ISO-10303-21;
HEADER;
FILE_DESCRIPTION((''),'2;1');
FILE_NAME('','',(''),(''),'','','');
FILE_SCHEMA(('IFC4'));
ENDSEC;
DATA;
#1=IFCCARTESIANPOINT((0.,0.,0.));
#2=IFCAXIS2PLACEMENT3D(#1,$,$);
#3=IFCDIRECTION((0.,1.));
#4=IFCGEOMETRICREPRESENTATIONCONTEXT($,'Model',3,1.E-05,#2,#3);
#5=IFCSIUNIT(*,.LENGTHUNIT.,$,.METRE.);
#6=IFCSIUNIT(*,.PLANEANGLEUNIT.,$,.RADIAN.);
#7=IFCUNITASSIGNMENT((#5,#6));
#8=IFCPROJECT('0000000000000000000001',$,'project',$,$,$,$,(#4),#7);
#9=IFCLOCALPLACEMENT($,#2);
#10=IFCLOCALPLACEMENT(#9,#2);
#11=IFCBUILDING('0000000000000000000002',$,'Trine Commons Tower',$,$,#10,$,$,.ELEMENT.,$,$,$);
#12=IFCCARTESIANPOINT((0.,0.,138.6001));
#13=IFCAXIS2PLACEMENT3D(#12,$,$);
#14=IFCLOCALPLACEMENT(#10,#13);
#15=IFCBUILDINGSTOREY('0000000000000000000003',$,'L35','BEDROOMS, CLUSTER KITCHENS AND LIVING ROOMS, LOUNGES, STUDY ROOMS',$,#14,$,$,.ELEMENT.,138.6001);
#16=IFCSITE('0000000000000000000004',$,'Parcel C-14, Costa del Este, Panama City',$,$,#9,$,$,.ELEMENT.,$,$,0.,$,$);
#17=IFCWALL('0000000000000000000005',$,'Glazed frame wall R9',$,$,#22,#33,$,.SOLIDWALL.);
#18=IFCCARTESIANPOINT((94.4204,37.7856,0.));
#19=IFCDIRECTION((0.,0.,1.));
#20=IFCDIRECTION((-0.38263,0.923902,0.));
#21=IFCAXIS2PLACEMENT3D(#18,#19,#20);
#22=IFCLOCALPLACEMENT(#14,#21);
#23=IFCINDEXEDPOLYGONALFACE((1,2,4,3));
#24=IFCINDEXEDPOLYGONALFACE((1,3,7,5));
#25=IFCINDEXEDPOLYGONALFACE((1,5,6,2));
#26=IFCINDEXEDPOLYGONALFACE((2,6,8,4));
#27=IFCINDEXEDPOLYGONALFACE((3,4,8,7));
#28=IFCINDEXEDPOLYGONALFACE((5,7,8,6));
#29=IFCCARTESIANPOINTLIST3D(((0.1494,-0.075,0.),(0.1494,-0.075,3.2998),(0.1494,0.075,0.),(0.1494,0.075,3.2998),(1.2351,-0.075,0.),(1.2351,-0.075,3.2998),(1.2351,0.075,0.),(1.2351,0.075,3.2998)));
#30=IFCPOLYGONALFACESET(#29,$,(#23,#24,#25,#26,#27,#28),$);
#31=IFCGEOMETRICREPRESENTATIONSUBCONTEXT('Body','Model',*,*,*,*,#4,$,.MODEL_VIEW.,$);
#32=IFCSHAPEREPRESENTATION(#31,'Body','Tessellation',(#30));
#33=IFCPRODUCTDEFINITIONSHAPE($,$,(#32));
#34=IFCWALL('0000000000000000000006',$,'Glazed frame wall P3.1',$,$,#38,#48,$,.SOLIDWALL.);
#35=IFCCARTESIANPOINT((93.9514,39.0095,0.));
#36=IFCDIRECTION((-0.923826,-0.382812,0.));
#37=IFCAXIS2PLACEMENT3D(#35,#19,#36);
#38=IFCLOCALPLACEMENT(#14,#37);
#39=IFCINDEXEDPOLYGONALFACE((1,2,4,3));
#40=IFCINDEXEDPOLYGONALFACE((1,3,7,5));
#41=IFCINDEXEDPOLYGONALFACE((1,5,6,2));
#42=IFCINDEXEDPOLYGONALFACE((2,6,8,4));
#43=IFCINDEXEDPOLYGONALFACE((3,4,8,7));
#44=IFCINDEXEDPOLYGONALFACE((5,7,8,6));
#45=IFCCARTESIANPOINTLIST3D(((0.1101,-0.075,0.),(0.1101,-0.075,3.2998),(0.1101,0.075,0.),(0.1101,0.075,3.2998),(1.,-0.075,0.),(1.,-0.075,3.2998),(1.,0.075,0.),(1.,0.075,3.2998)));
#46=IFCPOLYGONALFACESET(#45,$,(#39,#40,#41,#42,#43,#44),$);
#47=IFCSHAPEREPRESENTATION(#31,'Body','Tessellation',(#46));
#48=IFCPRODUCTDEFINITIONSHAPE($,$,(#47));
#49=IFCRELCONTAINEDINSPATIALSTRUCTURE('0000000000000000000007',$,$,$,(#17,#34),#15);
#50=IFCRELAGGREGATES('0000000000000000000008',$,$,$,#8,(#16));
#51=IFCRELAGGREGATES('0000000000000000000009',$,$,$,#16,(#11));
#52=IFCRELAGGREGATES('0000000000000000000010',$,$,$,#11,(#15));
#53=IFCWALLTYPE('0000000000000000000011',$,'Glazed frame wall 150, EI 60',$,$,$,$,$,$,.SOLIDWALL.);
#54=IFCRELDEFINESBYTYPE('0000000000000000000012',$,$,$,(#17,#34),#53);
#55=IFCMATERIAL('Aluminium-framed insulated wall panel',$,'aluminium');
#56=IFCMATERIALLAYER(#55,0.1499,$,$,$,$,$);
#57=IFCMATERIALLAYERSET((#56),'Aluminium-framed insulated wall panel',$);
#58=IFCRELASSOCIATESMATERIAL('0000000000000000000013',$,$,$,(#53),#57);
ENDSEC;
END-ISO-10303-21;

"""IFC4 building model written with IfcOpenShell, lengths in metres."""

from ifc_helpers import new_model, si_unit, direction, frame, origin, place, context, subcontext, project, spatial, polyline, outline, extrude, material, layer, layer_set, type_object, element, save


model = new_model("IFC4")

# Units and contexts
model_context = context("Model", 3, precision=1e-05, world=origin(), true_north=direction((0.0, 1.0)))
body_context = subcontext(model_context, "Body", "Model", "MODEL_VIEW")
ifc_project = project(units=[si_unit("LENGTHUNIT", "METRE"), si_unit("PLANEANGLEUNIT", "RADIAN")], contexts=[model_context])

# Site, building, storey
site_placement = place(None, origin())
site = spatial("IfcSite", under=ifc_project, at=site_placement, Name="Parcel C-14, Costa del Este, Panama City", CompositionType="ELEMENT", RefElevation=0.0)
building_placement = place(site_placement, origin())
building = spatial("IfcBuilding", under=site, at=building_placement, Name="Trine Commons Tower", CompositionType="ELEMENT")
storey_placement = place(building_placement, frame((0.0, 0.0, 138.6001)))
storey = spatial("IfcBuildingStorey", under=building, at=storey_placement, Name="L35", Description="BEDROOMS, CLUSTER KITCHENS AND LIVING ROOMS, LOUNGES, STUDY ROOMS", CompositionType="ELEMENT", Elevation=138.6001)

# Walls
ifc_material_1 = material(Name="Aluminium-framed insulated wall panel", Category="aluminium")
ifc_layer_1 = layer(ifc_material_1, 0.1499)
ifc_layer_set_1 = layer_set([ifc_layer_1], Name="Aluminium-framed insulated wall panel")
wall_type_1 = type_object("IfcWallType", Name="Glazed frame wall 150, EI 60", PredefinedType="SOLIDWALL", material=ifc_layer_set_1)
wall_1_placement = place(storey_placement, frame((94.4204, 37.7856, 0.0), z_axis=(0.0, 0.0, 1.0), x_axis=(-0.38263, 0.923902, 0.0)))
element("IfcWall", 1, at=wall_1_placement, inside=storey, type_object=wall_type_1, Name="Glazed frame wall R9", PredefinedType="SOLIDWALL", context=body_context, shape_type="SweptSolid", body=[
    extrude(outline(polyline([(0.1494, 0.075), (0.1494, -0.075), (1.2351, -0.075), (1.2351, 0.075), (0.1494, 0.075)])), origin(), (0.0, 0.0, 1.0), 3.2998),
])
wall_2_placement = place(storey_placement, frame((93.9514, 39.0095, 0.0), z_axis=(0.0, 0.0, 1.0), x_axis=(-0.923826, -0.382812, 0.0)))
element("IfcWall", 2, at=wall_2_placement, inside=storey, type_object=wall_type_1, Name="Glazed frame wall P3.1", PredefinedType="SOLIDWALL", context=body_context, shape_type="SweptSolid", body=[
    extrude(outline(polyline([(0.1101, -0.075), (1.0, -0.075), (1.0, 0.075), (0.1101, 0.075), (0.1101, -0.075)])), origin(), (0.0, 0.0, 1.0), 3.2998),
])

save(model, "model.ifc")
